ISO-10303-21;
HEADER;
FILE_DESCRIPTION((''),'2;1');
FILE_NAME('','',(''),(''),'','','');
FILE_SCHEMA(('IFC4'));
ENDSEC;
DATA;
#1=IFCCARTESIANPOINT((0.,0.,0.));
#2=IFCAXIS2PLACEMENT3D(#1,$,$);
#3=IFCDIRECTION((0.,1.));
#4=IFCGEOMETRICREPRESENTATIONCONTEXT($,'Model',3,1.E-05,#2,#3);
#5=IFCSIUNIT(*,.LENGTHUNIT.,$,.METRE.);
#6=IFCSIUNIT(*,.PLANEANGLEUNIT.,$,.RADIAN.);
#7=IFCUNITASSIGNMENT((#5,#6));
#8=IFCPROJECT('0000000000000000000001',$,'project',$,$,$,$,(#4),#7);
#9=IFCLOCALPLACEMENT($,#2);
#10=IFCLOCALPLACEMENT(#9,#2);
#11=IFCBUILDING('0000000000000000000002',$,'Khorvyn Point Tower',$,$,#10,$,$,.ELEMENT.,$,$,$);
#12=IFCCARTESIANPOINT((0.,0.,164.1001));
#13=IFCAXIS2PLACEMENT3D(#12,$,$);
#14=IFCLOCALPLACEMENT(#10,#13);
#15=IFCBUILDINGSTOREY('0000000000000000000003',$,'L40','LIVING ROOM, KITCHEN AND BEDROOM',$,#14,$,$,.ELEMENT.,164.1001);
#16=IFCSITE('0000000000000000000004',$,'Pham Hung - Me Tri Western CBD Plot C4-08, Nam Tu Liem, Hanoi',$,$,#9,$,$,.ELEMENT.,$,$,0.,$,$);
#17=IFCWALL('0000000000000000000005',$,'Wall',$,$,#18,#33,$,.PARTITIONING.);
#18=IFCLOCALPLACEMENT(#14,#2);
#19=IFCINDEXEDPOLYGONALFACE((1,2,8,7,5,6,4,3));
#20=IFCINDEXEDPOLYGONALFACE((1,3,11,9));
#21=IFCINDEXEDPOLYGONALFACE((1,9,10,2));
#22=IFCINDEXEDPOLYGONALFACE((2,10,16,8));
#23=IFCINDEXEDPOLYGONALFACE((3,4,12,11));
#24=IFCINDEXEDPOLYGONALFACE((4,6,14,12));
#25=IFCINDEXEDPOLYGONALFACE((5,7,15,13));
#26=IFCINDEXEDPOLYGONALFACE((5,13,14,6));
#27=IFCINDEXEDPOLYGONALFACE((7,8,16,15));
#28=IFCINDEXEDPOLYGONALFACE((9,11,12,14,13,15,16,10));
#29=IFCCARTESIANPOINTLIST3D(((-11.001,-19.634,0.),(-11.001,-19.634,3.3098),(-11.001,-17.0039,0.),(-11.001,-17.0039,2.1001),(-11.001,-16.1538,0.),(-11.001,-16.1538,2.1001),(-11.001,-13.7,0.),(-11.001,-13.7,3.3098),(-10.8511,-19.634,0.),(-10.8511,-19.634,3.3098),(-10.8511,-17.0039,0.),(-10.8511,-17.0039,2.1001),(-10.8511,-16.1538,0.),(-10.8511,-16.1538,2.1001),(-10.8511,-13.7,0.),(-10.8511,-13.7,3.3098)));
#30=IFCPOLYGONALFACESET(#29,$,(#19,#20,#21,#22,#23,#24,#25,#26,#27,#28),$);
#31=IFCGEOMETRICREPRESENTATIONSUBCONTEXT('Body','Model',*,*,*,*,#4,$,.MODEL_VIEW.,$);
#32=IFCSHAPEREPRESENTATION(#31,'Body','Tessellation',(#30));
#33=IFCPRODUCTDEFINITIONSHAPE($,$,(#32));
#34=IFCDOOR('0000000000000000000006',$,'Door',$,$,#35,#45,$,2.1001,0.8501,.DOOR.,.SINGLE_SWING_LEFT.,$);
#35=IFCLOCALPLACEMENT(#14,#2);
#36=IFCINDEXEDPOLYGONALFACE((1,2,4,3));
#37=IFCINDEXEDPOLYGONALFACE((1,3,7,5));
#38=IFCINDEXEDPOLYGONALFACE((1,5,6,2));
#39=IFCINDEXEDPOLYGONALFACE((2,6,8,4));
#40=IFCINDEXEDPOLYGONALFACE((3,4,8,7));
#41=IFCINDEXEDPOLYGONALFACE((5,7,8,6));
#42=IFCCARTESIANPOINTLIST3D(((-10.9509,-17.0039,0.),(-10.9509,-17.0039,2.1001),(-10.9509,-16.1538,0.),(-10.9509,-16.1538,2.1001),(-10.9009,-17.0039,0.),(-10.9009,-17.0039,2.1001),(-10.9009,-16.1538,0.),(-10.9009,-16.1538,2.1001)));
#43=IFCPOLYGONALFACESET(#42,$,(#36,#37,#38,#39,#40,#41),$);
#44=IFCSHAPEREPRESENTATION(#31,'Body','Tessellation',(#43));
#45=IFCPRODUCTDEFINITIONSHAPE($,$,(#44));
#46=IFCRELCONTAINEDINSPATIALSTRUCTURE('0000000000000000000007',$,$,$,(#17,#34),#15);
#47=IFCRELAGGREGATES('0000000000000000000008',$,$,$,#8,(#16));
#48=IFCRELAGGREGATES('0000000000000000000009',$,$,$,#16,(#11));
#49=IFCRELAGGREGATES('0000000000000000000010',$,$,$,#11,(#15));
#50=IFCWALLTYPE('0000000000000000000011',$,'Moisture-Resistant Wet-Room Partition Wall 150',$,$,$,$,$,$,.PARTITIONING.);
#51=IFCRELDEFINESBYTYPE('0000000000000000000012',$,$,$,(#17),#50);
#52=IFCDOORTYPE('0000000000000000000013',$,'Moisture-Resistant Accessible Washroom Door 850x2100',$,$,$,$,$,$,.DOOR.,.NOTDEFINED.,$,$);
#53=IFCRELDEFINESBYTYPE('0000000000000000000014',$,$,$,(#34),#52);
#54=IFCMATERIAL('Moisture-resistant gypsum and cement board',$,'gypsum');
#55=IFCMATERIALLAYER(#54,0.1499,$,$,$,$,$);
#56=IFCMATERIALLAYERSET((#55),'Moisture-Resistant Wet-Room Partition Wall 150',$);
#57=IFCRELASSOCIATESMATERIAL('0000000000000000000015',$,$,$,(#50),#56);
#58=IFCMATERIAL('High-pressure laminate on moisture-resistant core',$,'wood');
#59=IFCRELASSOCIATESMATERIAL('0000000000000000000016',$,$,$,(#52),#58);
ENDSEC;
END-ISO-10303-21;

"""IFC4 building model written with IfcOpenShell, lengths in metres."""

from ifc_helpers import new_model, si_unit, direction, frame, frame_2d, origin, place, context, subcontext, project, spatial, rectangle, extrude, material, layer, layer_set, type_object, element, fill, save


model = new_model("IFC4")

# Units and contexts
model_context = context("Model", 3, precision=1e-05, world=origin(), true_north=direction((0.0, 1.0)))
body_context = subcontext(model_context, "Body", "Model", "MODEL_VIEW")
ifc_project = project(units=[si_unit("LENGTHUNIT", "METRE"), si_unit("PLANEANGLEUNIT", "RADIAN")], contexts=[model_context])

# Site, building, storey
site_placement = place(None, origin())
site = spatial("IfcSite", under=ifc_project, at=site_placement, Name="Pham Hung - Me Tri Western CBD Plot C4-08, Nam Tu Liem, Hanoi", CompositionType="ELEMENT", RefElevation=0.0)
building_placement = place(site_placement, origin())
building = spatial("IfcBuilding", under=site, at=building_placement, Name="Khorvyn Point Tower", CompositionType="ELEMENT")
storey_placement = place(building_placement, frame((0.0, 0.0, 164.1001)))
storey = spatial("IfcBuildingStorey", under=building, at=storey_placement, Name="L40", Description="LIVING ROOM, KITCHEN AND BEDROOM", CompositionType="ELEMENT", Elevation=164.1001)

# Wall, opening, door
ifc_material_1 = material(Name="Moisture-resistant gypsum and cement board", Category="gypsum")
ifc_layer_1 = layer(ifc_material_1, 0.1499)
ifc_layer_set_1 = layer_set([ifc_layer_1], Name="Moisture-Resistant Wet-Room Partition Wall 150")
wall_type_1 = type_object("IfcWallType", Name="Moisture-Resistant Wet-Room Partition Wall 150", PredefinedType="PARTITIONING", material=ifc_layer_set_1)
wall_1_placement = place(storey_placement, frame((-10.926, -19.634, 0.0), z_axis=(0.0, 0.0, 1.0), x_axis=(0.0, 1.0, 0.0)))
wall_1 = element("IfcWall", 1, at=wall_1_placement, inside=storey, type_object=wall_type_1, Name="Wall", PredefinedType="PARTITIONING", context=body_context, shape_type="SweptSolid", body=[
    extrude(rectangle(XDim=5.9341, YDim=0.1499, at=frame_2d((2.967, 0.0))), origin(), (0.0, 0.0, 1.0), 3.3098),
])
opening_1_placement = place(wall_1_placement, frame((2.6301, 0.0, 0.0)))
opening_1 = element("IfcOpeningElement", 2, at=opening_1_placement, cuts=wall_1, PredefinedType="OPENING", context=body_context, shape_type="SweptSolid", body=[
    extrude(rectangle(XDim=0.8501, YDim=2.1001, at=frame_2d((0.425, 1.05))), frame((0.0, 0.085, 0.0), z_axis=(0.0, -1.0, 0.0), x_axis=(1.0, 0.0, 0.0)), (0.0, 0.0, 1.0), 0.1699),
])
ifc_material_2 = material(Name="High-pressure laminate on moisture-resistant core", Category="wood")
door_type_1 = type_object("IfcDoorType", Name="Moisture-Resistant Accessible Washroom Door 850x2100", OperationType="NOTDEFINED", PredefinedType="DOOR", material=ifc_material_2)
door_1_placement = place(opening_1_placement, origin())
door_1 = element("IfcDoor", 3, at=door_1_placement, inside=storey, type_object=door_type_1, Name="Door", OperationType="SINGLE_SWING_LEFT", OverallHeight=2.1001, OverallWidth=0.8501, PredefinedType="DOOR", context=body_context, shape_type="SweptSolid", body=[
    extrude(rectangle(XDim=0.8501, YDim=2.1001, at=frame_2d((0.425, 1.05))), frame((0.0, 0.0249, 0.0), z_axis=(0.0, -1.0, 0.0), x_axis=(1.0, 0.0, 0.0)), (0.0, 0.0, 1.0), 0.05),
])
fill(opening_1, door_1)

save(model, "model.ifc")
